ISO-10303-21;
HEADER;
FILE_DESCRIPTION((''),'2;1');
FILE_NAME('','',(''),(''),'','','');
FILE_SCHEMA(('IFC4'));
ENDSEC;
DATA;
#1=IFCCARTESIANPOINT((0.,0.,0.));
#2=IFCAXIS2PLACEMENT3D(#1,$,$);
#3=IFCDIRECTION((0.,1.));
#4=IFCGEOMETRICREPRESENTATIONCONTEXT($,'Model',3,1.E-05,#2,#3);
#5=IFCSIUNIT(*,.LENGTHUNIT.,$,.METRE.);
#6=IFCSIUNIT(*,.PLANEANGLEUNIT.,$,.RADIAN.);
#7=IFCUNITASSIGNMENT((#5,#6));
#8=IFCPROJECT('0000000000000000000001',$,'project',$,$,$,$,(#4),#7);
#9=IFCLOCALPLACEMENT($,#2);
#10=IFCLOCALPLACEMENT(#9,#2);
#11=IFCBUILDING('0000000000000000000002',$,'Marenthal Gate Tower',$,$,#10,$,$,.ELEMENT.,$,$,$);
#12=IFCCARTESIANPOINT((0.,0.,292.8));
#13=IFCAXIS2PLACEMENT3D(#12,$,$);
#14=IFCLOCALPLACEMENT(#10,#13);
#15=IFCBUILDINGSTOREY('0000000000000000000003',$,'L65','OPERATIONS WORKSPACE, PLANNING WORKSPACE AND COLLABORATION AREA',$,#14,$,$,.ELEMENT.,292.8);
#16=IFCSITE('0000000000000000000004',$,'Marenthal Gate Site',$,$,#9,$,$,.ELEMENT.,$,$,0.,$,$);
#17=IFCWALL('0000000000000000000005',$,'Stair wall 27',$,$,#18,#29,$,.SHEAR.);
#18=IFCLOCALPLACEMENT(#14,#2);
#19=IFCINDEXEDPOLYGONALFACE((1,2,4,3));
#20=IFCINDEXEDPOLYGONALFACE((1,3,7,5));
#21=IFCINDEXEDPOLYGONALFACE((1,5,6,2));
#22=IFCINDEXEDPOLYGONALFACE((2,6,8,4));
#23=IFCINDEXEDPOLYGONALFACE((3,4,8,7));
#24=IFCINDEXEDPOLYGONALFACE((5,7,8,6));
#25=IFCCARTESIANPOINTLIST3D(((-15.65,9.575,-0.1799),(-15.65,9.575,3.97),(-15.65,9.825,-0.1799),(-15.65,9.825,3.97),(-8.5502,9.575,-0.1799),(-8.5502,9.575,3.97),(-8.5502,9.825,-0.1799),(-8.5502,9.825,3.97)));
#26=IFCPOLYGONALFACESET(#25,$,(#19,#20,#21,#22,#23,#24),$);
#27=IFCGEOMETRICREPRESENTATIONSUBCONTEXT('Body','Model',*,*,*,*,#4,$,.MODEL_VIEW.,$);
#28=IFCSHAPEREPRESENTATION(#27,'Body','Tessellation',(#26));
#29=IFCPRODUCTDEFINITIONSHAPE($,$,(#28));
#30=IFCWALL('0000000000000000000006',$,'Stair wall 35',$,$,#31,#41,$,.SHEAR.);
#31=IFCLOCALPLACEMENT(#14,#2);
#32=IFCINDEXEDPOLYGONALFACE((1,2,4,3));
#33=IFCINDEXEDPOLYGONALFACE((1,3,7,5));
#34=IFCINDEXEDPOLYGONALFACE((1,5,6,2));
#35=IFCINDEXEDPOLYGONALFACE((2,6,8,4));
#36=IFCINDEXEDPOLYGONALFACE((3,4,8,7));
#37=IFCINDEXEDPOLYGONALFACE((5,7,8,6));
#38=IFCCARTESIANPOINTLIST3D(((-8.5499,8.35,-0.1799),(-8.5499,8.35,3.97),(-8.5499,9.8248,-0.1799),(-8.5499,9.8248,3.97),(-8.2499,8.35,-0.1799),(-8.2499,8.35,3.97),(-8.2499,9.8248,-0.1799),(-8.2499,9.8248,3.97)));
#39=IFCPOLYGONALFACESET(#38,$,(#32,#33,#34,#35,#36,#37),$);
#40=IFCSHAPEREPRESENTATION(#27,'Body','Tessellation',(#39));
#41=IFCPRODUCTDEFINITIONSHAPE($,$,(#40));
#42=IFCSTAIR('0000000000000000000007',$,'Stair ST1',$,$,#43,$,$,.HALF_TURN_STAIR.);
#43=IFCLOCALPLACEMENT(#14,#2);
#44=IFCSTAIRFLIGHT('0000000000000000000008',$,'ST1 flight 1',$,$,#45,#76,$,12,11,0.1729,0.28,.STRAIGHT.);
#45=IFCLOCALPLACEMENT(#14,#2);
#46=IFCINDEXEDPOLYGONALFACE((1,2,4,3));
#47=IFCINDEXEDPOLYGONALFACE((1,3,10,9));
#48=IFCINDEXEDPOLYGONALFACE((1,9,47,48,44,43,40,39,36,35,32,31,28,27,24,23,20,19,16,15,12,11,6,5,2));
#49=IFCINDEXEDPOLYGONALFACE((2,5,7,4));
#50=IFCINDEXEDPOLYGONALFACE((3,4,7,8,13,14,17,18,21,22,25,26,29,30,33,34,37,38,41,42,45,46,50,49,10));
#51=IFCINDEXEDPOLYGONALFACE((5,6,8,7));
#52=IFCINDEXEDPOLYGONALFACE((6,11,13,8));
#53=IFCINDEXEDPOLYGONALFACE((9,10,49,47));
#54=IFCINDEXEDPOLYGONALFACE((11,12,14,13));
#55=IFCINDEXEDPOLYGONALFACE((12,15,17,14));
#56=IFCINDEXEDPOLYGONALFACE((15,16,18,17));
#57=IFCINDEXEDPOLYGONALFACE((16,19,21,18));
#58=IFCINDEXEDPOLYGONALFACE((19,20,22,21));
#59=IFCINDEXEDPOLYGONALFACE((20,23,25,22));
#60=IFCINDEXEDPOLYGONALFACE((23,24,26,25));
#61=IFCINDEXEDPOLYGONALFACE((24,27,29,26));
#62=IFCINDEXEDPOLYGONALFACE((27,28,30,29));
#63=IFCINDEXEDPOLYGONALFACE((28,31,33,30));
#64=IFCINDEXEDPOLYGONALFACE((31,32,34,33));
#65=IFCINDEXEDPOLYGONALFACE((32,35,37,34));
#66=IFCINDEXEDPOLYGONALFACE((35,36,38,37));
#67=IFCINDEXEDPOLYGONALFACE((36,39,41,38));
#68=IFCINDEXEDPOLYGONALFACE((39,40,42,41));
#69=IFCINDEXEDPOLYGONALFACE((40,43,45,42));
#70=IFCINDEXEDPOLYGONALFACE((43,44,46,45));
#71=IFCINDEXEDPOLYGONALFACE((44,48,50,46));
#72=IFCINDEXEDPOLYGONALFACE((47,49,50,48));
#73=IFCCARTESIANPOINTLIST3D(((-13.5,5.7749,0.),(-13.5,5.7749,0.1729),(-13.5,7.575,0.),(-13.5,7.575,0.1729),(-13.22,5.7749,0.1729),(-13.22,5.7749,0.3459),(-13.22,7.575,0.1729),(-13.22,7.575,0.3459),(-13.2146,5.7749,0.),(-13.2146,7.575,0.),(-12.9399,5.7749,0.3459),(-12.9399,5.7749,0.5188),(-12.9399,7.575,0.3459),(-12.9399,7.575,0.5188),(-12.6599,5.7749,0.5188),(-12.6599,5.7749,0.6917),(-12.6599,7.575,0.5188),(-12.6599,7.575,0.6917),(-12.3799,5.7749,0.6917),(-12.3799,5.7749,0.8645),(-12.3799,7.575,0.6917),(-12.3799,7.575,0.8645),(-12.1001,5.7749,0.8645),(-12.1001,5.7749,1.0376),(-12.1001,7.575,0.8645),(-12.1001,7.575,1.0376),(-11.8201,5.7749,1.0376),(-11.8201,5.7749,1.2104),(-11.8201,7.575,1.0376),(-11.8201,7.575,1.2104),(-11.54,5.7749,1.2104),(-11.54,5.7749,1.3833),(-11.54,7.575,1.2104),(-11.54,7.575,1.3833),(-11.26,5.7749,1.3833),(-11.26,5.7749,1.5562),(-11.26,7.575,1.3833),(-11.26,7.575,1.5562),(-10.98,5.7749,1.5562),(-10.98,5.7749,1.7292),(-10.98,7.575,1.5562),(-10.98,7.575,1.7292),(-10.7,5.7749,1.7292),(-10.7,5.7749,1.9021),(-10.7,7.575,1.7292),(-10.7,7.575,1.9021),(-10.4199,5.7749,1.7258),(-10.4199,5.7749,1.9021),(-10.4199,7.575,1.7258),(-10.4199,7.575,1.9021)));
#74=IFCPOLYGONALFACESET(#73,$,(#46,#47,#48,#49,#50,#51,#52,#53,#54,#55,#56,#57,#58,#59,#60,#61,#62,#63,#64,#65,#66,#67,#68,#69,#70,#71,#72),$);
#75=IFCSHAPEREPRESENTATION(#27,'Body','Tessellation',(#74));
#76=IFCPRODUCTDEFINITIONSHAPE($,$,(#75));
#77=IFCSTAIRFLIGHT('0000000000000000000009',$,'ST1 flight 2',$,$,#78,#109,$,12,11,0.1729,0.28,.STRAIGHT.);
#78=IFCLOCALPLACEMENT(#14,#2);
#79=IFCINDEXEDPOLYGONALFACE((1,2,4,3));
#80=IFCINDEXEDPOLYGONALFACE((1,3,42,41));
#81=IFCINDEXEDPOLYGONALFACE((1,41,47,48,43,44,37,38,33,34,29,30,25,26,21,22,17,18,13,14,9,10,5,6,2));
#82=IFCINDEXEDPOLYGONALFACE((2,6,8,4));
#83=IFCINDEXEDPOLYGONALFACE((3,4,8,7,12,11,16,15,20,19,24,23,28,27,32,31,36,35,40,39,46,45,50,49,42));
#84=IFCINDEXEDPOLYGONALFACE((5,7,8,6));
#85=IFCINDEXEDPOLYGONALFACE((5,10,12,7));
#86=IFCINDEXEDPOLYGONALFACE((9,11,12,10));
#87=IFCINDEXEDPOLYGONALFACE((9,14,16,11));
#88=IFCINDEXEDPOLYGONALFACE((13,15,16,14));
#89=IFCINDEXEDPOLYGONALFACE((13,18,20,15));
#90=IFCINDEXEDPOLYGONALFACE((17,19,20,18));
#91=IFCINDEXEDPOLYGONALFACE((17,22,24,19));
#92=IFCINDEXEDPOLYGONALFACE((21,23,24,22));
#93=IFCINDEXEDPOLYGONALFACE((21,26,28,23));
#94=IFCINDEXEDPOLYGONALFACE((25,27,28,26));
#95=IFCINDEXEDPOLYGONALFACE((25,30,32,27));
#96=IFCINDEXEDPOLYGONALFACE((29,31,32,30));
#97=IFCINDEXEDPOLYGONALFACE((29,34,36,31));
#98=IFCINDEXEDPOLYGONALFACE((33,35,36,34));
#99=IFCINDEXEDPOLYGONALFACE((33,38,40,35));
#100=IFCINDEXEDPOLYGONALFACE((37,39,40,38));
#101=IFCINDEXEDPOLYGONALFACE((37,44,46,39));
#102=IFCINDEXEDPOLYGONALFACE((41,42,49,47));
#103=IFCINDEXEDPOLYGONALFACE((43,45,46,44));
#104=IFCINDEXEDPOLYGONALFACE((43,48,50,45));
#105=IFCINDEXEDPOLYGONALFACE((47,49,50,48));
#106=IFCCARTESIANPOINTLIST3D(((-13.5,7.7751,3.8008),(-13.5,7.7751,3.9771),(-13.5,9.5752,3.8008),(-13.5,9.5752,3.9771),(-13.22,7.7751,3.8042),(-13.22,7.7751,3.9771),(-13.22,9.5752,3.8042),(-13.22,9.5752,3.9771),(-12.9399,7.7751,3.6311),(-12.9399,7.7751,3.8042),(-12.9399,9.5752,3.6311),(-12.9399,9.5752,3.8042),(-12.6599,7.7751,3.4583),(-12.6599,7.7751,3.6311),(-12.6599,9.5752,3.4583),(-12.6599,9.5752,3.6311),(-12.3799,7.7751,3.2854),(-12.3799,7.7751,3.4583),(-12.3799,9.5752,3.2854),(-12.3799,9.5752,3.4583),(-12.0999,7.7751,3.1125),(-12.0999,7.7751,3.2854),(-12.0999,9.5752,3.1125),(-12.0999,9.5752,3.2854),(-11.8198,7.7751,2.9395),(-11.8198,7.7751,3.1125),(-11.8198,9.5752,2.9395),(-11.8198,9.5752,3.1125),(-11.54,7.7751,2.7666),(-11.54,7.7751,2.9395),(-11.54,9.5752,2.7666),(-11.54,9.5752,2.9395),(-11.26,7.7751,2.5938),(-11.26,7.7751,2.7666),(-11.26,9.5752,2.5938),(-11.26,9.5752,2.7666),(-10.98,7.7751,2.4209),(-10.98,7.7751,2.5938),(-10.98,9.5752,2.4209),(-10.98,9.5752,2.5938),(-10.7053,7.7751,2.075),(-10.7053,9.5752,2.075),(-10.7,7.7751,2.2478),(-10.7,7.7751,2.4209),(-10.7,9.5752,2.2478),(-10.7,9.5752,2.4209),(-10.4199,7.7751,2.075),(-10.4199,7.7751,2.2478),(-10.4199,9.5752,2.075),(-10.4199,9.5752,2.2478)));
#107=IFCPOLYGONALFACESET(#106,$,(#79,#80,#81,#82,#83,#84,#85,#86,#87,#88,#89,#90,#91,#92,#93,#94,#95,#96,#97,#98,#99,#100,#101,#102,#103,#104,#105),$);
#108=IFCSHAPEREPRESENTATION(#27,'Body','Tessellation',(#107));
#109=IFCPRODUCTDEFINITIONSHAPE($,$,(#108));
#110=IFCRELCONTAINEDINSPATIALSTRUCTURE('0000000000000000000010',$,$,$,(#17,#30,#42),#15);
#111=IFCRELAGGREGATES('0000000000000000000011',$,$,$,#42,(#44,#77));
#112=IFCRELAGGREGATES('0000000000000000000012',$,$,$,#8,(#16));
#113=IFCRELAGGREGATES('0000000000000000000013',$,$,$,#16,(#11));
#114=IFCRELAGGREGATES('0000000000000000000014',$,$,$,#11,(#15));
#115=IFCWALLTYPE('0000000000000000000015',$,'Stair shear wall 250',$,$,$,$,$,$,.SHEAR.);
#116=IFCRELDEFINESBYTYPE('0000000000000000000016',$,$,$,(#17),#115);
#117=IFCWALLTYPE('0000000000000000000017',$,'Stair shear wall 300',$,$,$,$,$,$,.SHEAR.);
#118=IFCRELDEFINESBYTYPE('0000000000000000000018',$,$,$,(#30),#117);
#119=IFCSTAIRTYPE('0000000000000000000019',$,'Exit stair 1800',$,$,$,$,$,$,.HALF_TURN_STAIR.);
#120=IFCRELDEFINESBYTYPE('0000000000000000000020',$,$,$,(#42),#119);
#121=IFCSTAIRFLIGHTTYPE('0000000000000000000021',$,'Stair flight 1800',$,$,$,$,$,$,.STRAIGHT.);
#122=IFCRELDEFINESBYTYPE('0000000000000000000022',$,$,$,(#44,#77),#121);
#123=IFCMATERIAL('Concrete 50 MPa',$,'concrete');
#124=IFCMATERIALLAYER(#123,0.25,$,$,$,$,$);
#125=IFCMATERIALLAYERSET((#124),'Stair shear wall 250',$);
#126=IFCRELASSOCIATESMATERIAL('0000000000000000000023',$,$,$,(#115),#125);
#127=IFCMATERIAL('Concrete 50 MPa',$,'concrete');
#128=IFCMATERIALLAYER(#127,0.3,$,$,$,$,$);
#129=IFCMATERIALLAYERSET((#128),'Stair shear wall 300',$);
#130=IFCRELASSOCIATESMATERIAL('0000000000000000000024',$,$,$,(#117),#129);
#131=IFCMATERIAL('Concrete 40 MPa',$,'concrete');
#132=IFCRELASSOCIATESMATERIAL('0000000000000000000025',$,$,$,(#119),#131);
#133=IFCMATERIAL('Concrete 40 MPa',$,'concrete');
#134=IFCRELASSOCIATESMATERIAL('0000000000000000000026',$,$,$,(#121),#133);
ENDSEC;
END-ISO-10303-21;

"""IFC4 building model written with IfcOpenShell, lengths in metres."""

from ifc_helpers import new_model, si_unit, direction, frame, frame_2d, origin, place, context, subcontext, project, spatial, polyline, rectangle, outline, extrude, material, layer, layer_set, type_object, element, aggregate, save


model = new_model("IFC4")

# Units and contexts
model_context = context("Model", 3, precision=1e-05, world=origin(), true_north=direction((0.0, 1.0)))
body_context = subcontext(model_context, "Body", "Model", "MODEL_VIEW")
ifc_project = project(units=[si_unit("LENGTHUNIT", "METRE"), si_unit("PLANEANGLEUNIT", "RADIAN")], contexts=[model_context])

# Site, building, storey
site_placement = place(None, origin())
site = spatial("IfcSite", under=ifc_project, at=site_placement, Name="Marenthal Gate Site", CompositionType="ELEMENT", RefElevation=0.0)
building_placement = place(site_placement, origin())
building = spatial("IfcBuilding", under=site, at=building_placement, Name="Marenthal Gate Tower", CompositionType="ELEMENT")
storey_placement = place(building_placement, frame((0.0, 0.0, 292.8)))
storey = spatial("IfcBuildingStorey", under=building, at=storey_placement, Name="L65", Description="OPERATIONS WORKSPACE, PLANNING WORKSPACE AND COLLABORATION AREA", CompositionType="ELEMENT", Elevation=292.8)

# Shared definitions
ifc_material_1 = material(Name="Concrete 50 MPa", Category="concrete")
ifc_layer_1 = layer(ifc_material_1, 0.25)
ifc_layer_set_1 = layer_set([ifc_layer_1], Name="Stair shear wall 250")
wall_type_1 = type_object("IfcWallType", Name="Stair shear wall 250", PredefinedType="SHEAR", material=ifc_layer_set_1)

# Walls
wall_1_placement = place(storey_placement, frame((-15.6499, 9.7, -0.1799), z_axis=(0.0, 0.0, 1.0), x_axis=(1.0, 0.0, 0.0)))
element("IfcWall", 1, at=wall_1_placement, inside=storey, type_object=wall_type_1, Name="Stair wall 27", PredefinedType="SHEAR", context=body_context, shape_type="SweptSolid", body=[
    extrude(rectangle(XDim=7.0999, YDim=0.25, at=frame_2d((3.5498, 0.0))), origin(), (0.0, 0.0, 1.0), 4.1499),
])
ifc_material_2 = material(Name="Concrete 50 MPa", Category="concrete")
ifc_layer_2 = layer(ifc_material_2, 0.3)
ifc_layer_set_2 = layer_set([ifc_layer_2], Name="Stair shear wall 300")
wall_type_2 = type_object("IfcWallType", Name="Stair shear wall 300", PredefinedType="SHEAR", material=ifc_layer_set_2)
wall_2_placement = place(storey_placement, frame((-8.3999, 8.3501, -0.1799), z_axis=(0.0, 0.0, 1.0), x_axis=(0.0, 1.0, 0.0)))
element("IfcWall", 2, at=wall_2_placement, inside=storey, type_object=wall_type_2, Name="Stair wall 35", PredefinedType="SHEAR", context=body_context, shape_type="SweptSolid", body=[
    extrude(rectangle(XDim=1.4749, YDim=0.3, at=frame_2d((0.7373, 0.0))), origin(), (0.0, 0.0, 1.0), 4.1499),
])

# Stair, stair flights
ifc_material_3 = material(Name="Concrete 40 MPa", Category="concrete")
stair_type = type_object("IfcStairType", Name="Exit stair 1800", PredefinedType="HALF_TURN_STAIR", material=ifc_material_3)
stair_placement = place(storey_placement, origin())
stair = element("IfcStair", 3, at=stair_placement, inside=storey, type_object=stair_type, Name="Stair ST1", PredefinedType="HALF_TURN_STAIR")
ifc_material_4 = material(Name="Concrete 40 MPa", Category="concrete")
stair_flight_type = type_object("IfcStairFlightType", Name="Stair flight 1800", PredefinedType="STRAIGHT", material=ifc_material_4)
stair_flight_1_placement = place(storey_placement, frame((-13.5, 6.675, 0.0), z_axis=(0.0, 0.0, 1.0), x_axis=(1.0, 0.0, 0.0)))
stair_flight_1 = element("IfcStairFlight", 4, at=stair_flight_1_placement, type_object=stair_flight_type, Name="ST1 flight 1", NumberOfRisers=12, NumberOfTreads=11, PredefinedType="STRAIGHT", RiserHeight=0.1729, TreadLength=0.28, context=body_context, shape_type="SweptSolid", body=[
    extrude(outline(polyline([(0.0, 0.0), (0.0, 0.1729), (0.28, 0.1729), (0.28, 0.3459), (0.5601, 0.3459), (0.5601, 0.5188), (0.8401, 0.5188), (0.8401, 0.6917), (1.1201, 0.6917), (1.1201, 0.8645), (1.3999, 0.8645), (1.3999, 1.0376), (1.6799, 1.0376), (1.6799, 1.2104), (1.96, 1.2104), (1.96, 1.3833), (2.24, 1.3833), (2.24, 1.5562), (2.52, 1.5562), (2.52, 1.7292), (2.8, 1.7292), (2.8, 1.9021), (3.0801, 1.9021), (3.0801, 2.075), (3.0801, 1.7258), (0.2854, 0.0), (0.0, 0.0)])), frame((0.0, 0.8999, 0.0), z_axis=(0.0, -1.0, 0.0), x_axis=(1.0, 0.0, 0.0)), (0.0, 0.0, 1.0), 1.8),
])
stair_flight_2_placement = place(storey_placement, frame((-10.4199, 8.675, 2.075), z_axis=(0.0, 0.0, 1.0), x_axis=(-1.0, 0.0, 0.0)))
stair_flight_2 = element("IfcStairFlight", 5, at=stair_flight_2_placement, type_object=stair_flight_type, Name="ST1 flight 2", NumberOfRisers=12, NumberOfTreads=11, PredefinedType="STRAIGHT", RiserHeight=0.1729, TreadLength=0.28, context=body_context, shape_type="SweptSolid", body=[
    extrude(outline(polyline([(0.0, 0.0), (0.0, 0.1729), (0.28, 0.1729), (0.28, 0.3459), (0.5601, 0.3459), (0.5601, 0.5188), (0.8401, 0.5188), (0.8401, 0.6917), (1.1201, 0.6917), (1.1201, 0.8645), (1.3999, 0.8645), (1.3999, 1.0376), (1.6799, 1.0376), (1.6799, 1.2104), (1.96, 1.2104), (1.96, 1.3833), (2.24, 1.3833), (2.24, 1.5562), (2.52, 1.5562), (2.52, 1.7292), (2.8, 1.7292), (2.8, 1.9021), (3.0801, 1.9021), (3.0801, 2.075), (3.0801, 1.7258), (0.2854, 0.0), (0.0, 0.0)])), frame((0.0, 0.8999, 0.0), z_axis=(0.0, -1.0, 0.0), x_axis=(1.0, 0.0, 0.0)), (0.0, 0.0, 1.0), 1.8),
])
aggregate(stair, [stair_flight_1, stair_flight_2])

save(model, "model.ifc")
